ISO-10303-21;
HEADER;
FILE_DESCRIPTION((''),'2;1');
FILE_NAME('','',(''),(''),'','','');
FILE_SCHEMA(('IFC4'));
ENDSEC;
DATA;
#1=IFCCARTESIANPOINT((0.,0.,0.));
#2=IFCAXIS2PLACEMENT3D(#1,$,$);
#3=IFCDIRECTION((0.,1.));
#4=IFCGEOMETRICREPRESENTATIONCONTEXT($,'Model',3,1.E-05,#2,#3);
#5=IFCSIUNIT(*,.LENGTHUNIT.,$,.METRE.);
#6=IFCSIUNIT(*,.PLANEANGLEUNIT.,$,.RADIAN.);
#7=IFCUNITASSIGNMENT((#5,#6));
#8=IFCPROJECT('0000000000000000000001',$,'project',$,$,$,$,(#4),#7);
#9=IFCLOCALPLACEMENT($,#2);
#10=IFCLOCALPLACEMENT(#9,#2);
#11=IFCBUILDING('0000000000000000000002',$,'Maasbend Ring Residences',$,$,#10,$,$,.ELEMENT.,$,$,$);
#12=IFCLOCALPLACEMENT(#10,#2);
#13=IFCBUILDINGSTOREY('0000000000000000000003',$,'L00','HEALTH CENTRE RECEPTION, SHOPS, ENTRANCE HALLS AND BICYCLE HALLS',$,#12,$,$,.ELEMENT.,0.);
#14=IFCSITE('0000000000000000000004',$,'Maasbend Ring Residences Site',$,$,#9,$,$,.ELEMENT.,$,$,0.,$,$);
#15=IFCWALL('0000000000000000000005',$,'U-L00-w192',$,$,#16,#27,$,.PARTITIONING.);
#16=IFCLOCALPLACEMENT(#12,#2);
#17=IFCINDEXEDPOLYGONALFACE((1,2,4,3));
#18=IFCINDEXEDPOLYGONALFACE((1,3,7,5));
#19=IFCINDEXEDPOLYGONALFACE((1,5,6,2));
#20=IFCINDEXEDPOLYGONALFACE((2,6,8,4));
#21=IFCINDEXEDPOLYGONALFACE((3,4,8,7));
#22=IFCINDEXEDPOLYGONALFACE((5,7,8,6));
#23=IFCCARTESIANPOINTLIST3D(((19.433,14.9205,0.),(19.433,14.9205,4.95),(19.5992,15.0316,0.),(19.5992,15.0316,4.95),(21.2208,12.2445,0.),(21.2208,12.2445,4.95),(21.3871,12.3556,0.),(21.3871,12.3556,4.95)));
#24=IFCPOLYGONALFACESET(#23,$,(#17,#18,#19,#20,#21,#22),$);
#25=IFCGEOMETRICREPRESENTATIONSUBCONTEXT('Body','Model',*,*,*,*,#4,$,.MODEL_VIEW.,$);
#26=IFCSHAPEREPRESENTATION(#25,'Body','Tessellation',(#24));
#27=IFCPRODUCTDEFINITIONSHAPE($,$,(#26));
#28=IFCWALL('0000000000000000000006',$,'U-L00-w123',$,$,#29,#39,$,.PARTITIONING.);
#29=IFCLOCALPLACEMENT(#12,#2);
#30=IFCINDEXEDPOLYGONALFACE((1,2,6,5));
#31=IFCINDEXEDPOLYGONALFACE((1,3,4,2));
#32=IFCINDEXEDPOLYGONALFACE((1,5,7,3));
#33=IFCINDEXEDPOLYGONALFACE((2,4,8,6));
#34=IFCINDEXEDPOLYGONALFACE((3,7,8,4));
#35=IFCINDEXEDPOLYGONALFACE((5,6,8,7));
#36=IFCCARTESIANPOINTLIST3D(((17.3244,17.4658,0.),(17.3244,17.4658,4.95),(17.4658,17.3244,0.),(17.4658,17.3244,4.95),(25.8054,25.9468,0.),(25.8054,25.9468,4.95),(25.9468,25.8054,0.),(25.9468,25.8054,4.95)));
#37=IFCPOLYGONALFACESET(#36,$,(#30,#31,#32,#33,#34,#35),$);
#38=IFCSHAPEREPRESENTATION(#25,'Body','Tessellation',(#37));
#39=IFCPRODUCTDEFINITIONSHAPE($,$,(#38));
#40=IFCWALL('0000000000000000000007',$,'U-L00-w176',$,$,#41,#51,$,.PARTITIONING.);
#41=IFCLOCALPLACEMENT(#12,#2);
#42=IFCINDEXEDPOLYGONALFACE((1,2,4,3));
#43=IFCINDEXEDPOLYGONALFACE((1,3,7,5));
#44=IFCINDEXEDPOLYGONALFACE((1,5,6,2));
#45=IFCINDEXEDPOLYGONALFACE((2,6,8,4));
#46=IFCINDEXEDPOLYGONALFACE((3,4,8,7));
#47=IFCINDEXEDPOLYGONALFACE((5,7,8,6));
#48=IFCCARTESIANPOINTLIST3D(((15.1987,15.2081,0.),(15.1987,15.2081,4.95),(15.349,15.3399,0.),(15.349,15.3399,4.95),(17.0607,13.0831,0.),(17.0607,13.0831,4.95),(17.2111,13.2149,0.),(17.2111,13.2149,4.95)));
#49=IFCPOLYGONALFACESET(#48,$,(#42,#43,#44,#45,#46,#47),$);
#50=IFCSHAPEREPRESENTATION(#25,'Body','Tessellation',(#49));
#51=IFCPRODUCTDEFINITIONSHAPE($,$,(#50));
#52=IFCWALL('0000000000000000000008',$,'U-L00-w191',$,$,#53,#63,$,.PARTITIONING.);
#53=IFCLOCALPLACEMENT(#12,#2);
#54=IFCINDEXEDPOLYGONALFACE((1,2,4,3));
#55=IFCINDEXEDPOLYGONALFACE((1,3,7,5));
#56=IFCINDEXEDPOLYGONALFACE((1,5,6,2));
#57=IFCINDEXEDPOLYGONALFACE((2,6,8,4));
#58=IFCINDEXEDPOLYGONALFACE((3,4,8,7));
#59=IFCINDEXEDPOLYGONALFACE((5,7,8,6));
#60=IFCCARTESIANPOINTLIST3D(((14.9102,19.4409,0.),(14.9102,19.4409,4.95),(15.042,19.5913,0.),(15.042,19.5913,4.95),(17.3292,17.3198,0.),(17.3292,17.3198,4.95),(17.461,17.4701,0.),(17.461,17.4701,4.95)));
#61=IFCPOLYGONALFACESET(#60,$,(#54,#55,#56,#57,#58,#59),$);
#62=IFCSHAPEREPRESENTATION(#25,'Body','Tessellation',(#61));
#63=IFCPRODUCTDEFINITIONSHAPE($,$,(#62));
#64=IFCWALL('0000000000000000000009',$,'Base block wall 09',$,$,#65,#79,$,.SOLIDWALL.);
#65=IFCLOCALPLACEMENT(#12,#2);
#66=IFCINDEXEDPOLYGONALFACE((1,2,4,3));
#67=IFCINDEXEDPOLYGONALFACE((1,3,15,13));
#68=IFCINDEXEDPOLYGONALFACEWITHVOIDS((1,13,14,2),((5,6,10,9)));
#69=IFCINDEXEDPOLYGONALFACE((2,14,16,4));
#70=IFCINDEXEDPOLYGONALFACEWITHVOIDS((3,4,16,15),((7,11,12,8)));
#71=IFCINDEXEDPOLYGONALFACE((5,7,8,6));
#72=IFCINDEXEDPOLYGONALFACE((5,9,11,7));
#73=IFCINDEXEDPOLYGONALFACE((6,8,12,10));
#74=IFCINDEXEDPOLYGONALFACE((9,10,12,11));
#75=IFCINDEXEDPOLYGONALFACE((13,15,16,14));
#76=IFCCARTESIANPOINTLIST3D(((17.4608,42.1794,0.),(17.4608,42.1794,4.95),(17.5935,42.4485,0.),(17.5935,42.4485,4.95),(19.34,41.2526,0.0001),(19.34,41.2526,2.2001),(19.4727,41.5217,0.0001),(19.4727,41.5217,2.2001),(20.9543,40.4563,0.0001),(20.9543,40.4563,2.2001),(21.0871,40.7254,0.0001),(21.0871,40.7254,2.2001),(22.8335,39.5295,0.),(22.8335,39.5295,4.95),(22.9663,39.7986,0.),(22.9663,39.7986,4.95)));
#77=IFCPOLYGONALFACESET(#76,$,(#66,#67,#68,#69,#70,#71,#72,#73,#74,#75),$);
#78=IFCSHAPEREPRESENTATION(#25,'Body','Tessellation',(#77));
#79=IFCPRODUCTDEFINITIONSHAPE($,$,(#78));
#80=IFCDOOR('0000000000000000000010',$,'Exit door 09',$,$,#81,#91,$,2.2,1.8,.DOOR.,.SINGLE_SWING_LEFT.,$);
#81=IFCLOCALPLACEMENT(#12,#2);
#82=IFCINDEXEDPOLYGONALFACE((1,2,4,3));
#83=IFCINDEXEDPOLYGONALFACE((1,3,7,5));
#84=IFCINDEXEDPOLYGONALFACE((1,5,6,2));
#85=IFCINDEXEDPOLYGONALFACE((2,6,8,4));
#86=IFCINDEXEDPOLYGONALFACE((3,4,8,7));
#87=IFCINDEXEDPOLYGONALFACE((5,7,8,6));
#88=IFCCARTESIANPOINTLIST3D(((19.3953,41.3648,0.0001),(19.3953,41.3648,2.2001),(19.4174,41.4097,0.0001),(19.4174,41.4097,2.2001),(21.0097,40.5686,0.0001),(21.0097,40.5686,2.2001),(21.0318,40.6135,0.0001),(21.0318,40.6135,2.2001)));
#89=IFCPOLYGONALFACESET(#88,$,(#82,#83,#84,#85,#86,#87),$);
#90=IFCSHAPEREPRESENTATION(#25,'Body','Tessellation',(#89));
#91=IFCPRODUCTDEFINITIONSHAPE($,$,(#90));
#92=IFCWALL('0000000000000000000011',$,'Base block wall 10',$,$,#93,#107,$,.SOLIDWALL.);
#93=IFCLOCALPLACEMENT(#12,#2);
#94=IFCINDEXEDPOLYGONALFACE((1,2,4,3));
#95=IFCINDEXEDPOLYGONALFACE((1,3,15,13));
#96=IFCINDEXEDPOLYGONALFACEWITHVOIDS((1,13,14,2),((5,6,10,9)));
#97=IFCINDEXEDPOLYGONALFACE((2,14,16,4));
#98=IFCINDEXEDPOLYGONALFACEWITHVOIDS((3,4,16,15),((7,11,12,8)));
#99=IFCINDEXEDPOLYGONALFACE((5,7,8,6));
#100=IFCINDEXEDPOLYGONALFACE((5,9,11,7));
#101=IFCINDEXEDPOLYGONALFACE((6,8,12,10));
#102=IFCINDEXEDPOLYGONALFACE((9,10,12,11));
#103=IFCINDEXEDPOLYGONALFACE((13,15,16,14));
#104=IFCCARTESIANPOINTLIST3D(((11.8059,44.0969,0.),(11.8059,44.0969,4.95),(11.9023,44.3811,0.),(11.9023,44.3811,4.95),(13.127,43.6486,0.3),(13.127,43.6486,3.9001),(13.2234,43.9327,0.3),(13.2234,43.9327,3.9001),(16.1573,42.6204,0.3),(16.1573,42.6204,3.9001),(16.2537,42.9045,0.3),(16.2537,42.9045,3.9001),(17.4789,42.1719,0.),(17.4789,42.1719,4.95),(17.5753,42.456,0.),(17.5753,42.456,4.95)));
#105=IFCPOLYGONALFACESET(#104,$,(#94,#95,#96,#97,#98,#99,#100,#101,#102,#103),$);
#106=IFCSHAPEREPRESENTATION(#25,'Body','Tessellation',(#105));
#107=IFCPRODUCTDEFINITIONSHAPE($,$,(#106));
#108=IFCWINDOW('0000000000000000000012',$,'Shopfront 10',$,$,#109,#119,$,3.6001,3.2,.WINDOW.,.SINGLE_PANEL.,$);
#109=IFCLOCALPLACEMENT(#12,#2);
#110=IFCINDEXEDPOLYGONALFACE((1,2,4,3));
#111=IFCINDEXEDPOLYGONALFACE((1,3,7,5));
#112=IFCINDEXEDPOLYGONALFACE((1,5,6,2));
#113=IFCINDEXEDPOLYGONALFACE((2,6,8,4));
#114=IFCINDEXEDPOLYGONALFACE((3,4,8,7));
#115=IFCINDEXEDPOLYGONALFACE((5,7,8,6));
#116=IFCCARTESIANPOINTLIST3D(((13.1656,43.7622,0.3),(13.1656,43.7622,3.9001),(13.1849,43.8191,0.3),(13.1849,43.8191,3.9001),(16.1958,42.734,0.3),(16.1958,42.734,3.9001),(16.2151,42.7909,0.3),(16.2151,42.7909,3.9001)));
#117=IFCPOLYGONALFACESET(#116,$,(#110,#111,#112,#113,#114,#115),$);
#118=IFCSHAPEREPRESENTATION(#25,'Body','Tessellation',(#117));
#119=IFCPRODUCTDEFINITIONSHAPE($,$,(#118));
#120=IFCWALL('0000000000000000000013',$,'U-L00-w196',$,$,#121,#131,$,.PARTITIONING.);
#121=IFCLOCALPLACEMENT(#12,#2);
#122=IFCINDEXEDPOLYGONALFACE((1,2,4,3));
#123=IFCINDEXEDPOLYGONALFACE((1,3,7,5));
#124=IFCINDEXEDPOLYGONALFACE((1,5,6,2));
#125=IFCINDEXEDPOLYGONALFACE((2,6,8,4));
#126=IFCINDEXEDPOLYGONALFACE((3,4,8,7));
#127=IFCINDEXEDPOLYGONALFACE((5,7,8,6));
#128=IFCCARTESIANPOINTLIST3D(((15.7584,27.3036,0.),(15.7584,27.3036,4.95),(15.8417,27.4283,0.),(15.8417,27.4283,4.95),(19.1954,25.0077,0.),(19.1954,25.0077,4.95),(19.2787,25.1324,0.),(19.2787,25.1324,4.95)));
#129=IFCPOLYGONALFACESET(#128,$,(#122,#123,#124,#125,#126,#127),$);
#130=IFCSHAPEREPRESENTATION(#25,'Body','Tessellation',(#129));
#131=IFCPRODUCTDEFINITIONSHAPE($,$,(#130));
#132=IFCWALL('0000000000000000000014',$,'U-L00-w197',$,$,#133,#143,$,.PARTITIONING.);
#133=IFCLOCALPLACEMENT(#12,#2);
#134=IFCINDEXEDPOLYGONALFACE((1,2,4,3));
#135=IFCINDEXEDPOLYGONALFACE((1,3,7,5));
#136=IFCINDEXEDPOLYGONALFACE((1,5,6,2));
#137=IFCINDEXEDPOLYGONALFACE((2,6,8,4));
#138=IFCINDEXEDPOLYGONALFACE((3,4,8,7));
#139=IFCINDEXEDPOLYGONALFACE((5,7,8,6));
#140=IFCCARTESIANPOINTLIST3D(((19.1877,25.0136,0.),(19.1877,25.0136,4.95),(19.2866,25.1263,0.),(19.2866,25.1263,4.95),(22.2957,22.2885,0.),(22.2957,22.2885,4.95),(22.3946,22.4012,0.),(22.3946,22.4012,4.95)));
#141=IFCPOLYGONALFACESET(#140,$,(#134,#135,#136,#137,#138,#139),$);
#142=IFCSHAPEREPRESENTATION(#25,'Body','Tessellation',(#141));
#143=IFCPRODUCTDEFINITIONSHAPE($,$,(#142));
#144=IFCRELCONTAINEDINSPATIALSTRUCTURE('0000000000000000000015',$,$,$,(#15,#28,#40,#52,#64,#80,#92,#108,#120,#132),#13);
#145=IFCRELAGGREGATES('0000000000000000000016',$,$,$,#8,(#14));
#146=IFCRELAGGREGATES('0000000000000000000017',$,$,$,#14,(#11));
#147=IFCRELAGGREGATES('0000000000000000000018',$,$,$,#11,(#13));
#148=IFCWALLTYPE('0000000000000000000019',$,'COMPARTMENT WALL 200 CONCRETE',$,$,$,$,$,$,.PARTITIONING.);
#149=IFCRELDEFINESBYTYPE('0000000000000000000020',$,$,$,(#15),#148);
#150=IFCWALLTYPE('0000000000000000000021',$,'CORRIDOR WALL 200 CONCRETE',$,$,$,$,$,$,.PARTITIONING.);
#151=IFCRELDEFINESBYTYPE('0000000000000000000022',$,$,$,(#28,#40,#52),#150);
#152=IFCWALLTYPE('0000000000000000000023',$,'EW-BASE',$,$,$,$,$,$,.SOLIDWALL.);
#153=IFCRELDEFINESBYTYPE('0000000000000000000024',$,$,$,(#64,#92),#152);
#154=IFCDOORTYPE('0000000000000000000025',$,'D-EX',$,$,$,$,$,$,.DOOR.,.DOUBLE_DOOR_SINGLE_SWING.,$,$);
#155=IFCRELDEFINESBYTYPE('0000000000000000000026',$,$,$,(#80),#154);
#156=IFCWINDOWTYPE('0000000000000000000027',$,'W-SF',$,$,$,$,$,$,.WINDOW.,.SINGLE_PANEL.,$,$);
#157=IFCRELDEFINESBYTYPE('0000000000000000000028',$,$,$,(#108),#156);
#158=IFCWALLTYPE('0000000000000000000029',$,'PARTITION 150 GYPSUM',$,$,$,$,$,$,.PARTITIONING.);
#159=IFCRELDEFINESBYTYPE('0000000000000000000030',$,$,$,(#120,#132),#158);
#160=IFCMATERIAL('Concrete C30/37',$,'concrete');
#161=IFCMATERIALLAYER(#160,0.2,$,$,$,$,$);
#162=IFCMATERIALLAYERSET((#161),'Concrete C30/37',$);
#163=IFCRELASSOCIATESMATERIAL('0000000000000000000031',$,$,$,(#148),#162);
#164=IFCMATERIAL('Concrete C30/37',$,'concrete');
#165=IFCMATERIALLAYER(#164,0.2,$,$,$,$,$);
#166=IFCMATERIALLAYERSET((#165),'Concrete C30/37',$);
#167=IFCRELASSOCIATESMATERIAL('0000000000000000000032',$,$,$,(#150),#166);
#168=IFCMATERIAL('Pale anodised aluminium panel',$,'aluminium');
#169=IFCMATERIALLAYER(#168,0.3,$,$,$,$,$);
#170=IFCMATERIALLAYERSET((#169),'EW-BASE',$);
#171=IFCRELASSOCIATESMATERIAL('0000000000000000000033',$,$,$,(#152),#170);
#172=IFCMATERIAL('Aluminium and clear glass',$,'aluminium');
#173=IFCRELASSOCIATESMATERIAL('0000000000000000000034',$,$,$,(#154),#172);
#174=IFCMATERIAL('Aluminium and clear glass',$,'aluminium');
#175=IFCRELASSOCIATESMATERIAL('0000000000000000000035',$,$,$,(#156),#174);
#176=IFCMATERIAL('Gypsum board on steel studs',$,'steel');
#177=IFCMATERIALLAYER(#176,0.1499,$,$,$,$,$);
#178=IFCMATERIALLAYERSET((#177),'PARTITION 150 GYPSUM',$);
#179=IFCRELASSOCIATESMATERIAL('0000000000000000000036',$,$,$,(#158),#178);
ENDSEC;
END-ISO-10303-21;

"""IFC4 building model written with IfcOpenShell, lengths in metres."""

from ifc_helpers import new_model, si_unit, direction, frame, frame_2d, origin, place, context, subcontext, project, spatial, rectangle, extrude, material, layer, layer_set, type_object, element, fill, save


model = new_model("IFC4")

# Units and contexts
model_context = context("Model", 3, precision=1e-05, world=origin(), true_north=direction((0.0, 1.0)))
body_context = subcontext(model_context, "Body", "Model", "MODEL_VIEW")
ifc_project = project(units=[si_unit("LENGTHUNIT", "METRE"), si_unit("PLANEANGLEUNIT", "RADIAN")], contexts=[model_context])

# Site, building, storey
site_placement = place(None, origin())
site = spatial("IfcSite", under=ifc_project, at=site_placement, Name="Maasbend Ring Residences Site", CompositionType="ELEMENT", RefElevation=0.0)
building_placement = place(site_placement, origin())
building = spatial("IfcBuilding", under=site, at=building_placement, Name="Maasbend Ring Residences", CompositionType="ELEMENT")
storey_placement = place(building_placement, origin())
storey = spatial("IfcBuildingStorey", under=building, at=storey_placement, Name="L00", Description="HEALTH CENTRE RECEPTION, SHOPS, ENTRANCE HALLS AND BICYCLE HALLS", CompositionType="ELEMENT", Elevation=0.0)

# Walls
ifc_material_1 = material(Name="Concrete C30/37", Category="concrete")
ifc_layer_1 = layer(ifc_material_1, 0.2)
ifc_layer_set_1 = layer_set([ifc_layer_1], Name="Concrete C30/37")
wall_type_1 = type_object("IfcWallType", Name="COMPARTMENT WALL 200 CONCRETE", PredefinedType="PARTITIONING", material=ifc_layer_set_1)
wall_1_placement = place(storey_placement, frame((19.5161, 14.9761, 0.0), z_axis=(0.0, 0.0, 1.0), x_axis=(0.555523, -0.831501, 0.0)))
element("IfcWall", 1, at=wall_1_placement, inside=storey, type_object=wall_type_1, Name="U-L00-w192", PredefinedType="PARTITIONING", context=body_context, shape_type="SweptSolid", body=[
    extrude(rectangle(XDim=3.2183, YDim=0.2, at=frame_2d((1.6091, 0.0))), origin(), (0.0, 0.0, 1.0), 4.95),
])
ifc_material_2 = material(Name="Concrete C30/37", Category="concrete")
ifc_layer_2 = layer(ifc_material_2, 0.2)
ifc_layer_set_2 = layer_set([ifc_layer_2], Name="Concrete C30/37")
wall_type_2 = type_object("IfcWallType", Name="CORRIDOR WALL 200 CONCRETE", PredefinedType="PARTITIONING", material=ifc_layer_set_2)
wall_2_placement = place(storey_placement, frame((17.395, 17.395, 0.0), z_axis=(0.0, 0.0, 1.0), x_axis=(0.707107, 0.707107, 0.0)))
element("IfcWall", 2, at=wall_2_placement, inside=storey, type_object=wall_type_2, Name="U-L00-w123", PredefinedType="PARTITIONING", context=body_context, shape_type="SweptSolid", body=[
    extrude(rectangle(XDim=11.9939, YDim=0.2, at=frame_2d((5.9971, 0.0))), origin(), (0.0, 0.0, 1.0), 4.95),
])
wall_3_placement = place(storey_placement, frame((15.2739, 15.2739, 0.0), z_axis=(0.0, 0.0, 1.0), x_axis=(0.659043, -0.752105, 0.0)))
element("IfcWall", 3, at=wall_3_placement, inside=storey, type_object=wall_type_2, Name="U-L00-w176", PredefinedType="PARTITIONING", context=body_context, shape_type="SweptSolid", body=[
    extrude(rectangle(XDim=2.8254, YDim=0.2, at=frame_2d((1.4126, 0.0))), origin(), (0.0, 0.0, 1.0), 4.95),
])
wall_4_placement = place(storey_placement, frame((14.9761, 19.5161, 0.0), z_axis=(0.0, 0.0, 1.0), x_axis=(0.751881, -0.659299, 0.0)))
element("IfcWall", 4, at=wall_4_placement, inside=storey, type_object=wall_type_2, Name="U-L00-w191", PredefinedType="PARTITIONING", context=body_context, shape_type="SweptSolid", body=[
    extrude(rectangle(XDim=3.2173, YDim=0.2, at=frame_2d((1.6086, 0.0))), origin(), (0.0, 0.0, 1.0), 4.95),
])

# Wall, opening, door
ifc_material_3 = material(Name="Pale anodised aluminium panel", Category="aluminium")
ifc_layer_3 = layer(ifc_material_3, 0.3)
ifc_layer_set_3 = layer_set([ifc_layer_3], Name="EW-BASE")
wall_type_3 = type_object("IfcWallType", Name="EW-BASE", PredefinedType="SOLIDWALL", material=ifc_layer_set_3)
wall_5_placement = place(storey_placement, frame((22.8999, 39.6641, 0.0), z_axis=(0.0, 0.0, 1.0), x_axis=(-0.896851, 0.442333, 0.0)))
wall_5 = element("IfcWall", 5, at=wall_5_placement, inside=storey, type_object=wall_type_3, Name="Base block wall 09", PredefinedType="SOLIDWALL", context=body_context, shape_type="SweptSolid", body=[
    extrude(rectangle(XDim=5.9907, YDim=0.3, at=frame_2d((2.9954, 0.0))), origin(), (0.0, 0.0, 1.0), 4.95),
])
opening_1_placement = place(wall_5_placement, frame((2.0955, 0.0, 0.0)))
opening_1 = element("IfcOpeningElement", 6, at=opening_1_placement, cuts=wall_5, PredefinedType="OPENING", context=body_context, shape_type="SweptSolid", body=[
    extrude(rectangle(XDim=1.8, YDim=2.2, at=frame_2d((0.8999, 1.1001))), frame((0.0, 0.1602, 0.0), z_axis=(0.0, -1.0, 0.0), x_axis=(1.0, 0.0, 0.0)), (0.0, 0.0, 1.0), 0.3201),
])
ifc_material_4 = material(Name="Aluminium and clear glass", Category="aluminium")
door_type = type_object("IfcDoorType", Name="D-EX", OperationType="DOUBLE_DOOR_SINGLE_SWING", PredefinedType="DOOR", material=ifc_material_4)
door_placement = place(opening_1_placement, origin())
door = element("IfcDoor", 7, at=door_placement, inside=storey, type_object=door_type, Name="Exit door 09", OperationType="SINGLE_SWING_LEFT", OverallHeight=2.2, OverallWidth=1.8, PredefinedType="DOOR", context=body_context, shape_type="SweptSolid", body=[
    extrude(rectangle(XDim=1.8, YDim=2.2, at=frame_2d((0.8999, 1.1001))), frame((0.0, 0.0249, 0.0), z_axis=(0.0, -1.0, 0.0), x_axis=(1.0, 0.0, 0.0)), (0.0, 0.0, 1.0), 0.05),
])
fill(opening_1, door)

# Wall, opening, window
wall_6_placement = place(storey_placement, frame((17.5271, 42.314, 0.0), z_axis=(0.0, 0.0, 1.0), x_axis=(-0.946966, 0.321334, 0.0)))
wall_6 = element("IfcWall", 8, at=wall_6_placement, inside=storey, type_object=wall_type_3, Name="Base block wall 10", PredefinedType="SOLIDWALL", context=body_context, shape_type="SweptSolid", body=[
    extrude(rectangle(XDim=5.9907, YDim=0.3, at=frame_2d((2.9954, 0.0))), origin(), (0.0, 0.0, 1.0), 4.95),
])
opening_2_placement = place(wall_6_placement, frame((1.3955, 0.0, 0.3)))
opening_2 = element("IfcOpeningElement", 9, at=opening_2_placement, cuts=wall_6, PredefinedType="OPENING", context=body_context, shape_type="SweptSolid", body=[
    extrude(rectangle(XDim=3.2, YDim=3.6001, at=frame_2d((1.6001, 1.8))), frame((0.0, 0.1602, 0.0), z_axis=(0.0, -1.0, 0.0), x_axis=(1.0, 0.0, 0.0)), (0.0, 0.0, 1.0), 0.3201),
])
ifc_material_5 = material(Name="Aluminium and clear glass", Category="aluminium")
window_type = type_object("IfcWindowType", Name="W-SF", PartitioningType="SINGLE_PANEL", PredefinedType="WINDOW", material=ifc_material_5)
window_placement = place(opening_2_placement, origin())
window = element("IfcWindow", 10, at=window_placement, inside=storey, type_object=window_type, Name="Shopfront 10", OverallHeight=3.6001, OverallWidth=3.2, PartitioningType="SINGLE_PANEL", PredefinedType="WINDOW", context=body_context, shape_type="SweptSolid", body=[
    extrude(rectangle(XDim=3.2, YDim=3.6001, at=frame_2d((1.6001, 1.8))), frame((0.0, 0.03, 0.0), z_axis=(0.0, -1.0, 0.0), x_axis=(1.0, 0.0, 0.0)), (0.0, 0.0, 1.0), 0.0601),
])
fill(opening_2, window)

# Walls
ifc_material_6 = material(Name="Gypsum board on steel studs", Category="steel")
ifc_layer_4 = layer(ifc_material_6, 0.1499)
ifc_layer_set_4 = layer_set([ifc_layer_4], Name="PARTITION 150 GYPSUM")
wall_type_4 = type_object("IfcWallType", Name="PARTITION 150 GYPSUM", PredefinedType="PARTITIONING", material=ifc_layer_set_4)
wall_7_placement = place(storey_placement, frame((15.8, 27.366, 0.0), z_axis=(0.0, 0.0, 1.0), x_axis=(0.831541, -0.555463, 0.0)))
element("IfcWall", 11, at=wall_7_placement, inside=storey, type_object=wall_type_4, Name="U-L00-w196", PredefinedType="PARTITIONING", context=body_context, shape_type="SweptSolid", body=[
    extrude(rectangle(XDim=4.1333, YDim=0.1499, at=frame_2d((2.0667, 0.0))), origin(), (0.0, 0.0, 1.0), 4.95),
])
wall_8_placement = place(storey_placement, frame((19.2371, 25.0701, 0.0), z_axis=(0.0, 0.0, 1.0), x_axis=(0.751896, -0.659282, 0.0)))
element("IfcWall", 12, at=wall_8_placement, inside=storey, type_object=wall_type_4, Name="U-L00-w197", PredefinedType="PARTITIONING", context=body_context, shape_type="SweptSolid", body=[
    extrude(rectangle(XDim=4.1335, YDim=0.1499, at=frame_2d((2.0669, 0.0))), origin(), (0.0, 0.0, 1.0), 4.95),
])

save(model, "model.ifc")
